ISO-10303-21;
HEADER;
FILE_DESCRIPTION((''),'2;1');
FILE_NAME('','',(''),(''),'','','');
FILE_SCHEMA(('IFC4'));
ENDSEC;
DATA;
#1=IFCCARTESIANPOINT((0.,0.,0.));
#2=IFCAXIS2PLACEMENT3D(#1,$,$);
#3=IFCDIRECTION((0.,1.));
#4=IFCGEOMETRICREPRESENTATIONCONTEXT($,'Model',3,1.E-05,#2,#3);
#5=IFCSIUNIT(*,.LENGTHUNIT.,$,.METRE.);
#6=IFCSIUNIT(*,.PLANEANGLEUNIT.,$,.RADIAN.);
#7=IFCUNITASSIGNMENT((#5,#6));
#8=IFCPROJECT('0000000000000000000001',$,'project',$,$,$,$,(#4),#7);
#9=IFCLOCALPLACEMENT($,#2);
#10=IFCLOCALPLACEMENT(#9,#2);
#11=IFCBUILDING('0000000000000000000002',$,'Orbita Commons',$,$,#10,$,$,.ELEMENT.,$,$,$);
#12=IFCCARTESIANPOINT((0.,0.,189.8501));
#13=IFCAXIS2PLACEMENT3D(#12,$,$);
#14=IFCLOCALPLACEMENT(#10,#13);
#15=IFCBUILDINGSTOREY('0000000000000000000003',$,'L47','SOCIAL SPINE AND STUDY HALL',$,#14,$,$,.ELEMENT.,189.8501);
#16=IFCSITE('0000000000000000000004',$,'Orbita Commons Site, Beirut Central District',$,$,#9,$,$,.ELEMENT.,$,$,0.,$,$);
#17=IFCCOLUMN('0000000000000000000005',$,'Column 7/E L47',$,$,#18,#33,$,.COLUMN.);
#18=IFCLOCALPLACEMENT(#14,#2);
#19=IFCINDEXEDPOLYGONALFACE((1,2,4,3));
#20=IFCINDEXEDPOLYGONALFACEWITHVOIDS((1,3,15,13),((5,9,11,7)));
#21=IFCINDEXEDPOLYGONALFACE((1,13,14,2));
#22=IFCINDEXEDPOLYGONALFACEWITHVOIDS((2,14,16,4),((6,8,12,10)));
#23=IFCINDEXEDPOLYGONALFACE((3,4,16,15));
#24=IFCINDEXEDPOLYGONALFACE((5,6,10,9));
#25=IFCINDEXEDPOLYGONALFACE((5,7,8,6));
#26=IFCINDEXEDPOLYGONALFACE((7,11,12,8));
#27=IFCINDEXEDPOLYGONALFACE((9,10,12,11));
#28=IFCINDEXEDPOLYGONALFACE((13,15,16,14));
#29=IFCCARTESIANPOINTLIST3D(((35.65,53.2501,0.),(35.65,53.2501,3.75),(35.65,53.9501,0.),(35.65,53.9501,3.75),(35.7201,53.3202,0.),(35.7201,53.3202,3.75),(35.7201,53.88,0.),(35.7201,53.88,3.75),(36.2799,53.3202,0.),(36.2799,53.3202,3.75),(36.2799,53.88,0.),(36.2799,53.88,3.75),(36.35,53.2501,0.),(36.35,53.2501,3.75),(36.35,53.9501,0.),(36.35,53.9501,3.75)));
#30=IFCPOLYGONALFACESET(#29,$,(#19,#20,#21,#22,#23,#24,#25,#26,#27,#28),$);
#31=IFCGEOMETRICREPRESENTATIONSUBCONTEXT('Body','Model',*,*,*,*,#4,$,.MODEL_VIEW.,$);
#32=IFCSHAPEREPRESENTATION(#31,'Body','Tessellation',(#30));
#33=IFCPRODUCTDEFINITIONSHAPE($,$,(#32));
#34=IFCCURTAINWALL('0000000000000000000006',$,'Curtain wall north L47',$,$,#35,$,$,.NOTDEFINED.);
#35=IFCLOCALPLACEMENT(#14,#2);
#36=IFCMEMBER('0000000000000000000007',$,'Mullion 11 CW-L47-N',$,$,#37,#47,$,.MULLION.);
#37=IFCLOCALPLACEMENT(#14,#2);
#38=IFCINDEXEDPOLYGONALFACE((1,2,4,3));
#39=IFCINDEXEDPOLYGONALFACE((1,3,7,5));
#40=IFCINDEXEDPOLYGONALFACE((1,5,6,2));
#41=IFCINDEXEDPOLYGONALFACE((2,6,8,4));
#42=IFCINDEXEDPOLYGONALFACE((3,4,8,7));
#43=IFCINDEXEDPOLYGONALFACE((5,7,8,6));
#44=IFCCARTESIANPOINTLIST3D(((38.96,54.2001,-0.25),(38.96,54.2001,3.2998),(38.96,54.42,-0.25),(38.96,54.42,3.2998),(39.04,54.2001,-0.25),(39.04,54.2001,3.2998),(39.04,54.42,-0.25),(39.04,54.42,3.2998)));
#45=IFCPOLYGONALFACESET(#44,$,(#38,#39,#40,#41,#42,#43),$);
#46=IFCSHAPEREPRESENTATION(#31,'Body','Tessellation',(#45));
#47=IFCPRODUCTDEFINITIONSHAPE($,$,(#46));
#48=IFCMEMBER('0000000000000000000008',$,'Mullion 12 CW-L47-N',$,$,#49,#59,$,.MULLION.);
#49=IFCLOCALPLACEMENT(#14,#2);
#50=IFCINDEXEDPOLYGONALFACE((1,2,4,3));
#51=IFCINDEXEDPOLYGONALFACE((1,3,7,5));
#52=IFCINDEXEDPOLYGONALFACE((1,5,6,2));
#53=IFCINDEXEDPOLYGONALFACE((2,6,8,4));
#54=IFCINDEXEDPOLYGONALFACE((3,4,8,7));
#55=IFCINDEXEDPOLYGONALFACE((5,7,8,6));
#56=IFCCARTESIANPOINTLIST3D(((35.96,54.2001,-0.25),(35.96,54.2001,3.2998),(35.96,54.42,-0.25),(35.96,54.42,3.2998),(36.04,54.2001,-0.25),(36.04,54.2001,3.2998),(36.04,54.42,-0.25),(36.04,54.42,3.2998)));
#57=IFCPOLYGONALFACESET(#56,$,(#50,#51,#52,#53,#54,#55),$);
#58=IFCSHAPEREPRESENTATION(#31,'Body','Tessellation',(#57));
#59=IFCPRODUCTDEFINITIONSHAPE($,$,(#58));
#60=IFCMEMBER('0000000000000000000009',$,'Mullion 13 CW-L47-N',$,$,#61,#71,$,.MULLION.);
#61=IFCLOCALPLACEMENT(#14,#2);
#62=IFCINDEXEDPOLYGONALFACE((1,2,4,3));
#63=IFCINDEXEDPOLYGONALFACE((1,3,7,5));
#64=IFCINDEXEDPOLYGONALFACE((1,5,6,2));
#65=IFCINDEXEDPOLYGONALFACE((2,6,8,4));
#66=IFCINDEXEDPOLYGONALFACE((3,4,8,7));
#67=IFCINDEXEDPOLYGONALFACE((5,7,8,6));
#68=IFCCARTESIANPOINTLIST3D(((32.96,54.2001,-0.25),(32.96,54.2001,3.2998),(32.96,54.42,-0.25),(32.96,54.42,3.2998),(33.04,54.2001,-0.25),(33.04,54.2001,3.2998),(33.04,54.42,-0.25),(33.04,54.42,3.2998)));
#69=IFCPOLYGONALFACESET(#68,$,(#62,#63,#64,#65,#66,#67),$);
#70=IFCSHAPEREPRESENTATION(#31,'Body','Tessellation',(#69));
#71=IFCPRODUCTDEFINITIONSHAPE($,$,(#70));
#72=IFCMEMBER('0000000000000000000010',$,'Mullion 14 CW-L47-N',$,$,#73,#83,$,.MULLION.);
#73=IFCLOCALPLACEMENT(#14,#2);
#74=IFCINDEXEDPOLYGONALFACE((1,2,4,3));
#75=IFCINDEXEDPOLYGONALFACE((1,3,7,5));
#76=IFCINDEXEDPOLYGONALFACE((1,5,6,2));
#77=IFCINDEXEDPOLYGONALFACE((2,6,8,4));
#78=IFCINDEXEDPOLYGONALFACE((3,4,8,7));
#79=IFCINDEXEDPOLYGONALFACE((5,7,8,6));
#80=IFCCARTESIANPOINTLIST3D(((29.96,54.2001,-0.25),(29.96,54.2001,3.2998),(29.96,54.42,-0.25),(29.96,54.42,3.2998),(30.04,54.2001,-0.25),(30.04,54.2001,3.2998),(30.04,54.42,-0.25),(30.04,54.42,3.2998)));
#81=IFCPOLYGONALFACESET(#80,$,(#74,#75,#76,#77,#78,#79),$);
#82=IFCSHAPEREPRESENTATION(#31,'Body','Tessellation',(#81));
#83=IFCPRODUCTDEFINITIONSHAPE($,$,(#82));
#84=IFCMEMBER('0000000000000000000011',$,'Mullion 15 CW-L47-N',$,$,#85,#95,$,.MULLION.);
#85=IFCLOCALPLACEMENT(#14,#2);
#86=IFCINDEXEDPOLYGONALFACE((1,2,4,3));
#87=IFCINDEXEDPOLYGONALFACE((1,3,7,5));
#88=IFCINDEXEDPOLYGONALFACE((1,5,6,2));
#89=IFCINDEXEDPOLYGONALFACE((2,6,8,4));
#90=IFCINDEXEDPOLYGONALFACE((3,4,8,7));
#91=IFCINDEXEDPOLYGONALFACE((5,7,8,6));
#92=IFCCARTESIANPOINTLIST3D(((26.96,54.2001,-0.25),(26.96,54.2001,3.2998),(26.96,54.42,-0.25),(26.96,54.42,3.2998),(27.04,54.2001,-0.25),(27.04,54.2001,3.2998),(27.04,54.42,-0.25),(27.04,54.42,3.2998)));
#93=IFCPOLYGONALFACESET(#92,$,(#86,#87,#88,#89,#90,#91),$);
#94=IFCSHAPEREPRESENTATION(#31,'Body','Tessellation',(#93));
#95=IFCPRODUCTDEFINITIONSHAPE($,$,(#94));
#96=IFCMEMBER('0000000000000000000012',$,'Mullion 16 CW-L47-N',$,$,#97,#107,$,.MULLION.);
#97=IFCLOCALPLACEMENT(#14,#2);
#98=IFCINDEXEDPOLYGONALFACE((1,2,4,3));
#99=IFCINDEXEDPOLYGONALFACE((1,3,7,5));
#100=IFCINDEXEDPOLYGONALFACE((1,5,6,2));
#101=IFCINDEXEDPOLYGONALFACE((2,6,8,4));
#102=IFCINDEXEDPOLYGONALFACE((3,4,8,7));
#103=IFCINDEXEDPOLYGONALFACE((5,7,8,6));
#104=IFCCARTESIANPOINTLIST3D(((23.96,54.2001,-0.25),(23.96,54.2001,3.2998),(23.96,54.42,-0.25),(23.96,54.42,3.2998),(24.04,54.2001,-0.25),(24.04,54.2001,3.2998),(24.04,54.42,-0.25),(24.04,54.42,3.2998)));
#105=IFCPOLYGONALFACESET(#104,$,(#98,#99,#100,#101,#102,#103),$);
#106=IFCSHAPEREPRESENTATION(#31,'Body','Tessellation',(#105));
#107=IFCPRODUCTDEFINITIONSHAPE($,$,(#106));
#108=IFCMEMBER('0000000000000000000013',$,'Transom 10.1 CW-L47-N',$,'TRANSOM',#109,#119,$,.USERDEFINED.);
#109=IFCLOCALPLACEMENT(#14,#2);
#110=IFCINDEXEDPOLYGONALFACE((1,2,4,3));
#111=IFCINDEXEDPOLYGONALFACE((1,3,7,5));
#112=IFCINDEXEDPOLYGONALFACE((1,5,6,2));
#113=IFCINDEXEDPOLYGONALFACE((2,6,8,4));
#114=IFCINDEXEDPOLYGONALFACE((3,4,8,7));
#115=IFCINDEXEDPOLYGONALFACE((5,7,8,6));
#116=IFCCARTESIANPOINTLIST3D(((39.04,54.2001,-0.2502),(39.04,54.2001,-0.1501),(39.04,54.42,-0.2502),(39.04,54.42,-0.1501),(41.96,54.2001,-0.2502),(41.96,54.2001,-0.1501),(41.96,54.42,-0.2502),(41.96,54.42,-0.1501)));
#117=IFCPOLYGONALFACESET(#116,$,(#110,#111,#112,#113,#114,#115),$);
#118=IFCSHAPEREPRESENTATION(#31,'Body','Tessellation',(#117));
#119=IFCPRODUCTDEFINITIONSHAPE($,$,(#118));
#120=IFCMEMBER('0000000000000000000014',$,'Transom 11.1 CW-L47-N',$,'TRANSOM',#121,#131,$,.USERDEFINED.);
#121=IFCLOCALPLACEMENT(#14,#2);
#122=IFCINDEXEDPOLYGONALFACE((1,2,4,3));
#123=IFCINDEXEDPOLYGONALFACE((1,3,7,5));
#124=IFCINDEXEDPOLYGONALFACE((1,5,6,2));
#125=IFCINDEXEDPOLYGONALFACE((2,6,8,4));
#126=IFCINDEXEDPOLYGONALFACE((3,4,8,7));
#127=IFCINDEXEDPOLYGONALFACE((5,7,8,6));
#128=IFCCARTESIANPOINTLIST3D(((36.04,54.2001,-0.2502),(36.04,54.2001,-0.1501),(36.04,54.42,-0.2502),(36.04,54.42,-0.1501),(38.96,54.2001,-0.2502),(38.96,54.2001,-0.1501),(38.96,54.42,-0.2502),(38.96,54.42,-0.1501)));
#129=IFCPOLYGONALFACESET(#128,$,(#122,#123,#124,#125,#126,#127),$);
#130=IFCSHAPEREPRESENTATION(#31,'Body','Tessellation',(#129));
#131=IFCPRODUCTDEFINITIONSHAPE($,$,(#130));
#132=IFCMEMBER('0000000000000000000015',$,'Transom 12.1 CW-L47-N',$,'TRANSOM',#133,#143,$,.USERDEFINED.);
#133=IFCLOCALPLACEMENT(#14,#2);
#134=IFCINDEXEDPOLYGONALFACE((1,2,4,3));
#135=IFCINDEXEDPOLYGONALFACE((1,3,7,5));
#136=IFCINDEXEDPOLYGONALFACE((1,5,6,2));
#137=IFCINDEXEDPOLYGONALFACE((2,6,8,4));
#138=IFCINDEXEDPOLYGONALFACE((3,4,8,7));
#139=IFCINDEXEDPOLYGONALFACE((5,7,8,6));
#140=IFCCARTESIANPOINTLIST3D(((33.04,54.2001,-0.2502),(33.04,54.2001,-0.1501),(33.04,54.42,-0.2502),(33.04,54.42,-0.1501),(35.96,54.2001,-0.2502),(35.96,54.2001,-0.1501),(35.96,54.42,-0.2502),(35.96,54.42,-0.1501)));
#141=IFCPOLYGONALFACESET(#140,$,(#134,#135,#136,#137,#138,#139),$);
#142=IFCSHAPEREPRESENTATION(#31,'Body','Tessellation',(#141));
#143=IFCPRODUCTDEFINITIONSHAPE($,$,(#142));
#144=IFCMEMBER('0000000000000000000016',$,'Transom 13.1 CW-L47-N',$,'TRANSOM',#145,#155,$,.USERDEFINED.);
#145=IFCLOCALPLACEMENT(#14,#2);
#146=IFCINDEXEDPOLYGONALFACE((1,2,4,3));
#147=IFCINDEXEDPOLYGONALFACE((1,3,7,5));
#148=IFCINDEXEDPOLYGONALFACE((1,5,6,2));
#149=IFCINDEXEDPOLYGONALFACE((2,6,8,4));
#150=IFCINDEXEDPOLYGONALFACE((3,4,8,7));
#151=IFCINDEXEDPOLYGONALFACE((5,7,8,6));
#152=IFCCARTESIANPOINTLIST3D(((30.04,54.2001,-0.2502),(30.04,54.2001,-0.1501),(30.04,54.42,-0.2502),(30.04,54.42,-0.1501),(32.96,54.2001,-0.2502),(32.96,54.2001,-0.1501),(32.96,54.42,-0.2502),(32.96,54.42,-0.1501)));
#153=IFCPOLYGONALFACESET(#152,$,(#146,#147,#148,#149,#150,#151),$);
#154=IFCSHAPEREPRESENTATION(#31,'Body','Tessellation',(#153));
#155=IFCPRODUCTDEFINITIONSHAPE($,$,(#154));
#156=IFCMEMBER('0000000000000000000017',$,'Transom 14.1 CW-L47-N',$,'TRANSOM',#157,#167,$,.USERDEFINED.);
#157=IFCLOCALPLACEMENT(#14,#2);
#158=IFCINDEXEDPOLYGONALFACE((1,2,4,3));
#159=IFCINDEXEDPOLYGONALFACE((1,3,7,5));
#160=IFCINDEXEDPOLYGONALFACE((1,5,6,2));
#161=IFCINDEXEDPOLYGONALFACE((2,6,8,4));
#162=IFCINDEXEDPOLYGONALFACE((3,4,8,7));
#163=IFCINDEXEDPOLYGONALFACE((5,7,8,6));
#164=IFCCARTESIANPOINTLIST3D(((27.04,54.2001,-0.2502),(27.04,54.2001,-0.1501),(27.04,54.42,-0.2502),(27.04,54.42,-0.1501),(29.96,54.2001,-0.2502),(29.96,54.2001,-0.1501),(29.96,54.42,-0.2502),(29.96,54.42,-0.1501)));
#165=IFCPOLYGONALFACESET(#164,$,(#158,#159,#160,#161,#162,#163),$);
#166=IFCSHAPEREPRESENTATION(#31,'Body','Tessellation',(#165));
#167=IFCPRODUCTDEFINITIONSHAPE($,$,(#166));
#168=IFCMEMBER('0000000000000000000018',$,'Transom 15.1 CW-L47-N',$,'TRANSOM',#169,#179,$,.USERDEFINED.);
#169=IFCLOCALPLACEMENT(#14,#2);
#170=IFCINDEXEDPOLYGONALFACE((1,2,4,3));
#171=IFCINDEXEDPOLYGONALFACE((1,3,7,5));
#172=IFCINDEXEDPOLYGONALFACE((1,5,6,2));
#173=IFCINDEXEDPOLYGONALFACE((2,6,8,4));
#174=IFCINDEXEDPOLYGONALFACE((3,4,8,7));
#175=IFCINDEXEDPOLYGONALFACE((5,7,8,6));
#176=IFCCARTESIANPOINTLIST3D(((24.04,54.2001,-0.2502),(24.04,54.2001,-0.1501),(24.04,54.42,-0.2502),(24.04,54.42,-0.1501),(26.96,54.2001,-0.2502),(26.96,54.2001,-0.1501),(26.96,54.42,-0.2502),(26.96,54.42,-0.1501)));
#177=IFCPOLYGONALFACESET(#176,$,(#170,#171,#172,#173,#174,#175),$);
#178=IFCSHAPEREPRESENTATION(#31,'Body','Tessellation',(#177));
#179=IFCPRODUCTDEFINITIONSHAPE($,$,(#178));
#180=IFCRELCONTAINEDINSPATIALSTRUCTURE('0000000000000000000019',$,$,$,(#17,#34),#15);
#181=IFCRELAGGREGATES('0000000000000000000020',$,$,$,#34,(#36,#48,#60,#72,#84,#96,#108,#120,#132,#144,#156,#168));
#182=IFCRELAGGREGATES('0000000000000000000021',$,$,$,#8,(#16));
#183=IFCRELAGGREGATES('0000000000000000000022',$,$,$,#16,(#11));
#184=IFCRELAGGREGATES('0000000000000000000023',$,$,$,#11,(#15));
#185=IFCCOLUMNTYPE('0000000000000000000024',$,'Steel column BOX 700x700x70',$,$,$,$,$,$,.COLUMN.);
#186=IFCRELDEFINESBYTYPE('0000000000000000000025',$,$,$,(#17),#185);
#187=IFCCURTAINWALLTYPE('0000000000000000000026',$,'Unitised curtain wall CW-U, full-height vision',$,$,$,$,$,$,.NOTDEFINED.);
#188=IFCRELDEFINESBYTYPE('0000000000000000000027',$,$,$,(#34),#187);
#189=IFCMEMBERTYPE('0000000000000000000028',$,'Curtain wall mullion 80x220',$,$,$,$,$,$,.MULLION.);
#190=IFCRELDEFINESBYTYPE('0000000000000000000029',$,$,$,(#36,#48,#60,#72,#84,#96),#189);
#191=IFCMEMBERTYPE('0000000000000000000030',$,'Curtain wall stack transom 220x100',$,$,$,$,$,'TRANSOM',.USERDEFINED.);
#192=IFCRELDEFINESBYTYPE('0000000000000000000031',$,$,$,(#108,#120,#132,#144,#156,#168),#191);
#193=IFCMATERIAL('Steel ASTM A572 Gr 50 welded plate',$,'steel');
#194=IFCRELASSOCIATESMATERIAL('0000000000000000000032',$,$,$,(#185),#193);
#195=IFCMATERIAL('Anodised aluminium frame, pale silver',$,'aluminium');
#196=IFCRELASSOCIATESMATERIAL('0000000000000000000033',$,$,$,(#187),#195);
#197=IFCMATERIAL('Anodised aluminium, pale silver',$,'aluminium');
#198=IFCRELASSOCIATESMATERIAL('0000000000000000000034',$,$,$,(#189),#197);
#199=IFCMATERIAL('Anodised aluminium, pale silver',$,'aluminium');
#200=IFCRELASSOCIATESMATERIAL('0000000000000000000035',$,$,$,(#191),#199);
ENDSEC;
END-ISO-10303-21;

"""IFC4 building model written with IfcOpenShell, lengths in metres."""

from ifc_helpers import new_model, si_unit, direction, frame, origin, origin_2d, place, context, subcontext, project, spatial, rectangle, hollow_rectangle, extrude, material, material_profile, profile_set, type_object, element, aggregate, save


model = new_model("IFC4")

# Units and contexts
model_context = context("Model", 3, precision=1e-05, world=origin(), true_north=direction((0.0, 1.0)))
body_context = subcontext(model_context, "Body", "Model", "MODEL_VIEW")
ifc_project = project(units=[si_unit("LENGTHUNIT", "METRE"), si_unit("PLANEANGLEUNIT", "RADIAN")], contexts=[model_context])

# Site, building, storey
site_placement = place(None, origin())
site = spatial("IfcSite", under=ifc_project, at=site_placement, Name="Orbita Commons Site, Beirut Central District", CompositionType="ELEMENT", RefElevation=0.0)
building_placement = place(site_placement, origin())
building = spatial("IfcBuilding", under=site, at=building_placement, Name="Orbita Commons", CompositionType="ELEMENT")
storey_placement = place(building_placement, frame((0.0, 0.0, 189.8501)))
storey = spatial("IfcBuildingStorey", under=building, at=storey_placement, Name="L47", Description="SOCIAL SPINE AND STUDY HALL", CompositionType="ELEMENT", Elevation=189.8501)

# Column
ifc_material_1 = material(Name="Steel ASTM A572 Gr 50 welded plate", Category="steel")
ifc_material_profile_1 = material_profile(ifc_material_1, hollow_rectangle(XDim=0.7, YDim=0.7, WallThickness=0.0701, at=origin_2d()), Name="BOX 700x700x70")
ifc_profile_set_1 = profile_set([ifc_material_profile_1], Name="Steel ASTM A572 Gr 50 welded plate")
column_type = type_object("IfcColumnType", Name="Steel column BOX 700x700x70", PredefinedType="COLUMN", material=ifc_profile_set_1)
column_placement = place(storey_placement, frame((36.0, 53.6001, 0.0), z_axis=(0.0, 0.0, 1.0), x_axis=(1.0, 0.0, 0.0)))
element("IfcColumn", 1, at=column_placement, inside=storey, type_object=column_type, Name="Column 7/E L47", PredefinedType="COLUMN", context=body_context, shape_type="SweptSolid", body=[
    extrude(hollow_rectangle(XDim=0.7, YDim=0.7, WallThickness=0.0701, at=origin_2d()), origin(), (0.0, 0.0, 1.0), 3.75),
])

# Curtain wall, members
ifc_material_2 = material(Name="Anodised aluminium frame, pale silver", Category="aluminium")
curtain_wall_type = type_object("IfcCurtainWallType", Name="Unitised curtain wall CW-U, full-height vision", PredefinedType="NOTDEFINED", material=ifc_material_2)
curtain_wall_placement = place(storey_placement, origin())
curtain_wall = element("IfcCurtainWall", 2, at=curtain_wall_placement, inside=storey, type_object=curtain_wall_type, Name="Curtain wall north L47", PredefinedType="NOTDEFINED")
ifc_material_3 = material(Name="Anodised aluminium, pale silver", Category="aluminium")
ifc_material_profile_2 = material_profile(ifc_material_3, rectangle(XDim=0.0801, YDim=0.22, at=origin_2d()), Name="AL 80x220")
ifc_profile_set_2 = profile_set([ifc_material_profile_2], Name="Anodised aluminium, pale silver")
member_type_1 = type_object("IfcMemberType", Name="Curtain wall mullion 80x220", PredefinedType="MULLION", material=ifc_profile_set_2)
member_1_placement = place(storey_placement, frame((39.0, 54.3101, -0.25), z_axis=(0.0, 0.0, 1.0), x_axis=(-1.0, 0.0, 0.0)))
member_1 = element("IfcMember", 3, at=member_1_placement, type_object=member_type_1, Name="Mullion 11 CW-L47-N", PredefinedType="MULLION", context=body_context, shape_type="SweptSolid", body=[
    extrude(rectangle(XDim=0.0801, YDim=0.22, at=origin_2d()), origin(), (0.0, 0.0, 1.0), 3.5498),
])
member_2_placement = place(storey_placement, frame((36.0, 54.3101, -0.25), z_axis=(0.0, 0.0, 1.0), x_axis=(-1.0, 0.0, 0.0)))
member_2 = element("IfcMember", 4, at=member_2_placement, type_object=member_type_1, Name="Mullion 12 CW-L47-N", PredefinedType="MULLION", context=body_context, shape_type="SweptSolid", body=[
    extrude(rectangle(XDim=0.0801, YDim=0.22, at=origin_2d()), origin(), (0.0, 0.0, 1.0), 3.5498),
])
member_3_placement = place(storey_placement, frame((33.0, 54.3101, -0.25), z_axis=(0.0, 0.0, 1.0), x_axis=(-1.0, 0.0, 0.0)))
member_3 = element("IfcMember", 5, at=member_3_placement, type_object=member_type_1, Name="Mullion 13 CW-L47-N", PredefinedType="MULLION", context=body_context, shape_type="SweptSolid", body=[
    extrude(rectangle(XDim=0.0801, YDim=0.22, at=origin_2d()), origin(), (0.0, 0.0, 1.0), 3.5498),
])
member_4_placement = place(storey_placement, frame((30.0, 54.3101, -0.25), z_axis=(0.0, 0.0, 1.0), x_axis=(-1.0, 0.0, 0.0)))
member_4 = element("IfcMember", 6, at=member_4_placement, type_object=member_type_1, Name="Mullion 14 CW-L47-N", PredefinedType="MULLION", context=body_context, shape_type="SweptSolid", body=[
    extrude(rectangle(XDim=0.0801, YDim=0.22, at=origin_2d()), origin(), (0.0, 0.0, 1.0), 3.5498),
])
member_5_placement = place(storey_placement, frame((27.0, 54.3101, -0.25), z_axis=(0.0, 0.0, 1.0), x_axis=(-1.0, 0.0, 0.0)))
member_5 = element("IfcMember", 7, at=member_5_placement, type_object=member_type_1, Name="Mullion 15 CW-L47-N", PredefinedType="MULLION", context=body_context, shape_type="SweptSolid", body=[
    extrude(rectangle(XDim=0.0801, YDim=0.22, at=origin_2d()), origin(), (0.0, 0.0, 1.0), 3.5498),
])
member_6_placement = place(storey_placement, frame((24.0, 54.3101, -0.25), z_axis=(0.0, 0.0, 1.0), x_axis=(-1.0, 0.0, 0.0)))
member_6 = element("IfcMember", 8, at=member_6_placement, type_object=member_type_1, Name="Mullion 16 CW-L47-N", PredefinedType="MULLION", context=body_context, shape_type="SweptSolid", body=[
    extrude(rectangle(XDim=0.0801, YDim=0.22, at=origin_2d()), origin(), (0.0, 0.0, 1.0), 3.5498),
])
ifc_material_4 = material(Name="Anodised aluminium, pale silver", Category="aluminium")
ifc_material_profile_3 = material_profile(ifc_material_4, rectangle(XDim=0.22, YDim=0.1001, at=origin_2d()), Name="AL 220x100")
ifc_profile_set_3 = profile_set([ifc_material_profile_3], Name="Anodised aluminium, pale silver")
member_type_2 = type_object("IfcMemberType", Name="Curtain wall stack transom 220x100", ElementType="TRANSOM", PredefinedType="USERDEFINED", material=ifc_profile_set_3)
member_7_placement = place(storey_placement, frame((41.96, 54.3101, -0.2002), z_axis=(-1.0, 0.0, 0.0), x_axis=(0.0, -1.0, 0.0)))
member_7 = element("IfcMember", 9, at=member_7_placement, type_object=member_type_2, Name="Transom 10.1 CW-L47-N", ObjectType="TRANSOM", PredefinedType="USERDEFINED", context=body_context, shape_type="SweptSolid", body=[
    extrude(rectangle(XDim=0.22, YDim=0.1001, at=origin_2d()), origin(), (0.0, 0.0, 1.0), 2.9199),
])
member_8_placement = place(storey_placement, frame((38.96, 54.3101, -0.2002), z_axis=(-1.0, 0.0, 0.0), x_axis=(0.0, -1.0, 0.0)))
member_8 = element("IfcMember", 10, at=member_8_placement, type_object=member_type_2, Name="Transom 11.1 CW-L47-N", ObjectType="TRANSOM", PredefinedType="USERDEFINED", context=body_context, shape_type="SweptSolid", body=[
    extrude(rectangle(XDim=0.22, YDim=0.1001, at=origin_2d()), origin(), (0.0, 0.0, 1.0), 2.9199),
])
member_9_placement = place(storey_placement, frame((35.96, 54.3101, -0.2002), z_axis=(-1.0, 0.0, 0.0), x_axis=(0.0, -1.0, 0.0)))
member_9 = element("IfcMember", 11, at=member_9_placement, type_object=member_type_2, Name="Transom 12.1 CW-L47-N", ObjectType="TRANSOM", PredefinedType="USERDEFINED", context=body_context, shape_type="SweptSolid", body=[
    extrude(rectangle(XDim=0.22, YDim=0.1001, at=origin_2d()), origin(), (0.0, 0.0, 1.0), 2.9199),
])
member_10_placement = place(storey_placement, frame((32.96, 54.3101, -0.2002), z_axis=(-1.0, 0.0, 0.0), x_axis=(0.0, -1.0, 0.0)))
member_10 = element("IfcMember", 12, at=member_10_placement, type_object=member_type_2, Name="Transom 13.1 CW-L47-N", ObjectType="TRANSOM", PredefinedType="USERDEFINED", context=body_context, shape_type="SweptSolid", body=[
    extrude(rectangle(XDim=0.22, YDim=0.1001, at=origin_2d()), origin(), (0.0, 0.0, 1.0), 2.9199),
])
member_11_placement = place(storey_placement, frame((29.96, 54.3101, -0.2002), z_axis=(-1.0, 0.0, 0.0), x_axis=(0.0, -1.0, 0.0)))
member_11 = element("IfcMember", 13, at=member_11_placement, type_object=member_type_2, Name="Transom 14.1 CW-L47-N", ObjectType="TRANSOM", PredefinedType="USERDEFINED", context=body_context, shape_type="SweptSolid", body=[
    extrude(rectangle(XDim=0.22, YDim=0.1001, at=origin_2d()), origin(), (0.0, 0.0, 1.0), 2.9199),
])
member_12_placement = place(storey_placement, frame((26.96, 54.3101, -0.2002), z_axis=(-1.0, 0.0, 0.0), x_axis=(0.0, -1.0, 0.0)))
member_12 = element("IfcMember", 14, at=member_12_placement, type_object=member_type_2, Name="Transom 15.1 CW-L47-N", ObjectType="TRANSOM", PredefinedType="USERDEFINED", context=body_context, shape_type="SweptSolid", body=[
    extrude(rectangle(XDim=0.22, YDim=0.1001, at=origin_2d()), origin(), (0.0, 0.0, 1.0), 2.9199),
])

aggregate(curtain_wall, [member_1, member_2, member_3, member_4, member_5, member_6, member_7, member_8, member_9, member_10, member_11, member_12])

save(model, "model.ifc")
